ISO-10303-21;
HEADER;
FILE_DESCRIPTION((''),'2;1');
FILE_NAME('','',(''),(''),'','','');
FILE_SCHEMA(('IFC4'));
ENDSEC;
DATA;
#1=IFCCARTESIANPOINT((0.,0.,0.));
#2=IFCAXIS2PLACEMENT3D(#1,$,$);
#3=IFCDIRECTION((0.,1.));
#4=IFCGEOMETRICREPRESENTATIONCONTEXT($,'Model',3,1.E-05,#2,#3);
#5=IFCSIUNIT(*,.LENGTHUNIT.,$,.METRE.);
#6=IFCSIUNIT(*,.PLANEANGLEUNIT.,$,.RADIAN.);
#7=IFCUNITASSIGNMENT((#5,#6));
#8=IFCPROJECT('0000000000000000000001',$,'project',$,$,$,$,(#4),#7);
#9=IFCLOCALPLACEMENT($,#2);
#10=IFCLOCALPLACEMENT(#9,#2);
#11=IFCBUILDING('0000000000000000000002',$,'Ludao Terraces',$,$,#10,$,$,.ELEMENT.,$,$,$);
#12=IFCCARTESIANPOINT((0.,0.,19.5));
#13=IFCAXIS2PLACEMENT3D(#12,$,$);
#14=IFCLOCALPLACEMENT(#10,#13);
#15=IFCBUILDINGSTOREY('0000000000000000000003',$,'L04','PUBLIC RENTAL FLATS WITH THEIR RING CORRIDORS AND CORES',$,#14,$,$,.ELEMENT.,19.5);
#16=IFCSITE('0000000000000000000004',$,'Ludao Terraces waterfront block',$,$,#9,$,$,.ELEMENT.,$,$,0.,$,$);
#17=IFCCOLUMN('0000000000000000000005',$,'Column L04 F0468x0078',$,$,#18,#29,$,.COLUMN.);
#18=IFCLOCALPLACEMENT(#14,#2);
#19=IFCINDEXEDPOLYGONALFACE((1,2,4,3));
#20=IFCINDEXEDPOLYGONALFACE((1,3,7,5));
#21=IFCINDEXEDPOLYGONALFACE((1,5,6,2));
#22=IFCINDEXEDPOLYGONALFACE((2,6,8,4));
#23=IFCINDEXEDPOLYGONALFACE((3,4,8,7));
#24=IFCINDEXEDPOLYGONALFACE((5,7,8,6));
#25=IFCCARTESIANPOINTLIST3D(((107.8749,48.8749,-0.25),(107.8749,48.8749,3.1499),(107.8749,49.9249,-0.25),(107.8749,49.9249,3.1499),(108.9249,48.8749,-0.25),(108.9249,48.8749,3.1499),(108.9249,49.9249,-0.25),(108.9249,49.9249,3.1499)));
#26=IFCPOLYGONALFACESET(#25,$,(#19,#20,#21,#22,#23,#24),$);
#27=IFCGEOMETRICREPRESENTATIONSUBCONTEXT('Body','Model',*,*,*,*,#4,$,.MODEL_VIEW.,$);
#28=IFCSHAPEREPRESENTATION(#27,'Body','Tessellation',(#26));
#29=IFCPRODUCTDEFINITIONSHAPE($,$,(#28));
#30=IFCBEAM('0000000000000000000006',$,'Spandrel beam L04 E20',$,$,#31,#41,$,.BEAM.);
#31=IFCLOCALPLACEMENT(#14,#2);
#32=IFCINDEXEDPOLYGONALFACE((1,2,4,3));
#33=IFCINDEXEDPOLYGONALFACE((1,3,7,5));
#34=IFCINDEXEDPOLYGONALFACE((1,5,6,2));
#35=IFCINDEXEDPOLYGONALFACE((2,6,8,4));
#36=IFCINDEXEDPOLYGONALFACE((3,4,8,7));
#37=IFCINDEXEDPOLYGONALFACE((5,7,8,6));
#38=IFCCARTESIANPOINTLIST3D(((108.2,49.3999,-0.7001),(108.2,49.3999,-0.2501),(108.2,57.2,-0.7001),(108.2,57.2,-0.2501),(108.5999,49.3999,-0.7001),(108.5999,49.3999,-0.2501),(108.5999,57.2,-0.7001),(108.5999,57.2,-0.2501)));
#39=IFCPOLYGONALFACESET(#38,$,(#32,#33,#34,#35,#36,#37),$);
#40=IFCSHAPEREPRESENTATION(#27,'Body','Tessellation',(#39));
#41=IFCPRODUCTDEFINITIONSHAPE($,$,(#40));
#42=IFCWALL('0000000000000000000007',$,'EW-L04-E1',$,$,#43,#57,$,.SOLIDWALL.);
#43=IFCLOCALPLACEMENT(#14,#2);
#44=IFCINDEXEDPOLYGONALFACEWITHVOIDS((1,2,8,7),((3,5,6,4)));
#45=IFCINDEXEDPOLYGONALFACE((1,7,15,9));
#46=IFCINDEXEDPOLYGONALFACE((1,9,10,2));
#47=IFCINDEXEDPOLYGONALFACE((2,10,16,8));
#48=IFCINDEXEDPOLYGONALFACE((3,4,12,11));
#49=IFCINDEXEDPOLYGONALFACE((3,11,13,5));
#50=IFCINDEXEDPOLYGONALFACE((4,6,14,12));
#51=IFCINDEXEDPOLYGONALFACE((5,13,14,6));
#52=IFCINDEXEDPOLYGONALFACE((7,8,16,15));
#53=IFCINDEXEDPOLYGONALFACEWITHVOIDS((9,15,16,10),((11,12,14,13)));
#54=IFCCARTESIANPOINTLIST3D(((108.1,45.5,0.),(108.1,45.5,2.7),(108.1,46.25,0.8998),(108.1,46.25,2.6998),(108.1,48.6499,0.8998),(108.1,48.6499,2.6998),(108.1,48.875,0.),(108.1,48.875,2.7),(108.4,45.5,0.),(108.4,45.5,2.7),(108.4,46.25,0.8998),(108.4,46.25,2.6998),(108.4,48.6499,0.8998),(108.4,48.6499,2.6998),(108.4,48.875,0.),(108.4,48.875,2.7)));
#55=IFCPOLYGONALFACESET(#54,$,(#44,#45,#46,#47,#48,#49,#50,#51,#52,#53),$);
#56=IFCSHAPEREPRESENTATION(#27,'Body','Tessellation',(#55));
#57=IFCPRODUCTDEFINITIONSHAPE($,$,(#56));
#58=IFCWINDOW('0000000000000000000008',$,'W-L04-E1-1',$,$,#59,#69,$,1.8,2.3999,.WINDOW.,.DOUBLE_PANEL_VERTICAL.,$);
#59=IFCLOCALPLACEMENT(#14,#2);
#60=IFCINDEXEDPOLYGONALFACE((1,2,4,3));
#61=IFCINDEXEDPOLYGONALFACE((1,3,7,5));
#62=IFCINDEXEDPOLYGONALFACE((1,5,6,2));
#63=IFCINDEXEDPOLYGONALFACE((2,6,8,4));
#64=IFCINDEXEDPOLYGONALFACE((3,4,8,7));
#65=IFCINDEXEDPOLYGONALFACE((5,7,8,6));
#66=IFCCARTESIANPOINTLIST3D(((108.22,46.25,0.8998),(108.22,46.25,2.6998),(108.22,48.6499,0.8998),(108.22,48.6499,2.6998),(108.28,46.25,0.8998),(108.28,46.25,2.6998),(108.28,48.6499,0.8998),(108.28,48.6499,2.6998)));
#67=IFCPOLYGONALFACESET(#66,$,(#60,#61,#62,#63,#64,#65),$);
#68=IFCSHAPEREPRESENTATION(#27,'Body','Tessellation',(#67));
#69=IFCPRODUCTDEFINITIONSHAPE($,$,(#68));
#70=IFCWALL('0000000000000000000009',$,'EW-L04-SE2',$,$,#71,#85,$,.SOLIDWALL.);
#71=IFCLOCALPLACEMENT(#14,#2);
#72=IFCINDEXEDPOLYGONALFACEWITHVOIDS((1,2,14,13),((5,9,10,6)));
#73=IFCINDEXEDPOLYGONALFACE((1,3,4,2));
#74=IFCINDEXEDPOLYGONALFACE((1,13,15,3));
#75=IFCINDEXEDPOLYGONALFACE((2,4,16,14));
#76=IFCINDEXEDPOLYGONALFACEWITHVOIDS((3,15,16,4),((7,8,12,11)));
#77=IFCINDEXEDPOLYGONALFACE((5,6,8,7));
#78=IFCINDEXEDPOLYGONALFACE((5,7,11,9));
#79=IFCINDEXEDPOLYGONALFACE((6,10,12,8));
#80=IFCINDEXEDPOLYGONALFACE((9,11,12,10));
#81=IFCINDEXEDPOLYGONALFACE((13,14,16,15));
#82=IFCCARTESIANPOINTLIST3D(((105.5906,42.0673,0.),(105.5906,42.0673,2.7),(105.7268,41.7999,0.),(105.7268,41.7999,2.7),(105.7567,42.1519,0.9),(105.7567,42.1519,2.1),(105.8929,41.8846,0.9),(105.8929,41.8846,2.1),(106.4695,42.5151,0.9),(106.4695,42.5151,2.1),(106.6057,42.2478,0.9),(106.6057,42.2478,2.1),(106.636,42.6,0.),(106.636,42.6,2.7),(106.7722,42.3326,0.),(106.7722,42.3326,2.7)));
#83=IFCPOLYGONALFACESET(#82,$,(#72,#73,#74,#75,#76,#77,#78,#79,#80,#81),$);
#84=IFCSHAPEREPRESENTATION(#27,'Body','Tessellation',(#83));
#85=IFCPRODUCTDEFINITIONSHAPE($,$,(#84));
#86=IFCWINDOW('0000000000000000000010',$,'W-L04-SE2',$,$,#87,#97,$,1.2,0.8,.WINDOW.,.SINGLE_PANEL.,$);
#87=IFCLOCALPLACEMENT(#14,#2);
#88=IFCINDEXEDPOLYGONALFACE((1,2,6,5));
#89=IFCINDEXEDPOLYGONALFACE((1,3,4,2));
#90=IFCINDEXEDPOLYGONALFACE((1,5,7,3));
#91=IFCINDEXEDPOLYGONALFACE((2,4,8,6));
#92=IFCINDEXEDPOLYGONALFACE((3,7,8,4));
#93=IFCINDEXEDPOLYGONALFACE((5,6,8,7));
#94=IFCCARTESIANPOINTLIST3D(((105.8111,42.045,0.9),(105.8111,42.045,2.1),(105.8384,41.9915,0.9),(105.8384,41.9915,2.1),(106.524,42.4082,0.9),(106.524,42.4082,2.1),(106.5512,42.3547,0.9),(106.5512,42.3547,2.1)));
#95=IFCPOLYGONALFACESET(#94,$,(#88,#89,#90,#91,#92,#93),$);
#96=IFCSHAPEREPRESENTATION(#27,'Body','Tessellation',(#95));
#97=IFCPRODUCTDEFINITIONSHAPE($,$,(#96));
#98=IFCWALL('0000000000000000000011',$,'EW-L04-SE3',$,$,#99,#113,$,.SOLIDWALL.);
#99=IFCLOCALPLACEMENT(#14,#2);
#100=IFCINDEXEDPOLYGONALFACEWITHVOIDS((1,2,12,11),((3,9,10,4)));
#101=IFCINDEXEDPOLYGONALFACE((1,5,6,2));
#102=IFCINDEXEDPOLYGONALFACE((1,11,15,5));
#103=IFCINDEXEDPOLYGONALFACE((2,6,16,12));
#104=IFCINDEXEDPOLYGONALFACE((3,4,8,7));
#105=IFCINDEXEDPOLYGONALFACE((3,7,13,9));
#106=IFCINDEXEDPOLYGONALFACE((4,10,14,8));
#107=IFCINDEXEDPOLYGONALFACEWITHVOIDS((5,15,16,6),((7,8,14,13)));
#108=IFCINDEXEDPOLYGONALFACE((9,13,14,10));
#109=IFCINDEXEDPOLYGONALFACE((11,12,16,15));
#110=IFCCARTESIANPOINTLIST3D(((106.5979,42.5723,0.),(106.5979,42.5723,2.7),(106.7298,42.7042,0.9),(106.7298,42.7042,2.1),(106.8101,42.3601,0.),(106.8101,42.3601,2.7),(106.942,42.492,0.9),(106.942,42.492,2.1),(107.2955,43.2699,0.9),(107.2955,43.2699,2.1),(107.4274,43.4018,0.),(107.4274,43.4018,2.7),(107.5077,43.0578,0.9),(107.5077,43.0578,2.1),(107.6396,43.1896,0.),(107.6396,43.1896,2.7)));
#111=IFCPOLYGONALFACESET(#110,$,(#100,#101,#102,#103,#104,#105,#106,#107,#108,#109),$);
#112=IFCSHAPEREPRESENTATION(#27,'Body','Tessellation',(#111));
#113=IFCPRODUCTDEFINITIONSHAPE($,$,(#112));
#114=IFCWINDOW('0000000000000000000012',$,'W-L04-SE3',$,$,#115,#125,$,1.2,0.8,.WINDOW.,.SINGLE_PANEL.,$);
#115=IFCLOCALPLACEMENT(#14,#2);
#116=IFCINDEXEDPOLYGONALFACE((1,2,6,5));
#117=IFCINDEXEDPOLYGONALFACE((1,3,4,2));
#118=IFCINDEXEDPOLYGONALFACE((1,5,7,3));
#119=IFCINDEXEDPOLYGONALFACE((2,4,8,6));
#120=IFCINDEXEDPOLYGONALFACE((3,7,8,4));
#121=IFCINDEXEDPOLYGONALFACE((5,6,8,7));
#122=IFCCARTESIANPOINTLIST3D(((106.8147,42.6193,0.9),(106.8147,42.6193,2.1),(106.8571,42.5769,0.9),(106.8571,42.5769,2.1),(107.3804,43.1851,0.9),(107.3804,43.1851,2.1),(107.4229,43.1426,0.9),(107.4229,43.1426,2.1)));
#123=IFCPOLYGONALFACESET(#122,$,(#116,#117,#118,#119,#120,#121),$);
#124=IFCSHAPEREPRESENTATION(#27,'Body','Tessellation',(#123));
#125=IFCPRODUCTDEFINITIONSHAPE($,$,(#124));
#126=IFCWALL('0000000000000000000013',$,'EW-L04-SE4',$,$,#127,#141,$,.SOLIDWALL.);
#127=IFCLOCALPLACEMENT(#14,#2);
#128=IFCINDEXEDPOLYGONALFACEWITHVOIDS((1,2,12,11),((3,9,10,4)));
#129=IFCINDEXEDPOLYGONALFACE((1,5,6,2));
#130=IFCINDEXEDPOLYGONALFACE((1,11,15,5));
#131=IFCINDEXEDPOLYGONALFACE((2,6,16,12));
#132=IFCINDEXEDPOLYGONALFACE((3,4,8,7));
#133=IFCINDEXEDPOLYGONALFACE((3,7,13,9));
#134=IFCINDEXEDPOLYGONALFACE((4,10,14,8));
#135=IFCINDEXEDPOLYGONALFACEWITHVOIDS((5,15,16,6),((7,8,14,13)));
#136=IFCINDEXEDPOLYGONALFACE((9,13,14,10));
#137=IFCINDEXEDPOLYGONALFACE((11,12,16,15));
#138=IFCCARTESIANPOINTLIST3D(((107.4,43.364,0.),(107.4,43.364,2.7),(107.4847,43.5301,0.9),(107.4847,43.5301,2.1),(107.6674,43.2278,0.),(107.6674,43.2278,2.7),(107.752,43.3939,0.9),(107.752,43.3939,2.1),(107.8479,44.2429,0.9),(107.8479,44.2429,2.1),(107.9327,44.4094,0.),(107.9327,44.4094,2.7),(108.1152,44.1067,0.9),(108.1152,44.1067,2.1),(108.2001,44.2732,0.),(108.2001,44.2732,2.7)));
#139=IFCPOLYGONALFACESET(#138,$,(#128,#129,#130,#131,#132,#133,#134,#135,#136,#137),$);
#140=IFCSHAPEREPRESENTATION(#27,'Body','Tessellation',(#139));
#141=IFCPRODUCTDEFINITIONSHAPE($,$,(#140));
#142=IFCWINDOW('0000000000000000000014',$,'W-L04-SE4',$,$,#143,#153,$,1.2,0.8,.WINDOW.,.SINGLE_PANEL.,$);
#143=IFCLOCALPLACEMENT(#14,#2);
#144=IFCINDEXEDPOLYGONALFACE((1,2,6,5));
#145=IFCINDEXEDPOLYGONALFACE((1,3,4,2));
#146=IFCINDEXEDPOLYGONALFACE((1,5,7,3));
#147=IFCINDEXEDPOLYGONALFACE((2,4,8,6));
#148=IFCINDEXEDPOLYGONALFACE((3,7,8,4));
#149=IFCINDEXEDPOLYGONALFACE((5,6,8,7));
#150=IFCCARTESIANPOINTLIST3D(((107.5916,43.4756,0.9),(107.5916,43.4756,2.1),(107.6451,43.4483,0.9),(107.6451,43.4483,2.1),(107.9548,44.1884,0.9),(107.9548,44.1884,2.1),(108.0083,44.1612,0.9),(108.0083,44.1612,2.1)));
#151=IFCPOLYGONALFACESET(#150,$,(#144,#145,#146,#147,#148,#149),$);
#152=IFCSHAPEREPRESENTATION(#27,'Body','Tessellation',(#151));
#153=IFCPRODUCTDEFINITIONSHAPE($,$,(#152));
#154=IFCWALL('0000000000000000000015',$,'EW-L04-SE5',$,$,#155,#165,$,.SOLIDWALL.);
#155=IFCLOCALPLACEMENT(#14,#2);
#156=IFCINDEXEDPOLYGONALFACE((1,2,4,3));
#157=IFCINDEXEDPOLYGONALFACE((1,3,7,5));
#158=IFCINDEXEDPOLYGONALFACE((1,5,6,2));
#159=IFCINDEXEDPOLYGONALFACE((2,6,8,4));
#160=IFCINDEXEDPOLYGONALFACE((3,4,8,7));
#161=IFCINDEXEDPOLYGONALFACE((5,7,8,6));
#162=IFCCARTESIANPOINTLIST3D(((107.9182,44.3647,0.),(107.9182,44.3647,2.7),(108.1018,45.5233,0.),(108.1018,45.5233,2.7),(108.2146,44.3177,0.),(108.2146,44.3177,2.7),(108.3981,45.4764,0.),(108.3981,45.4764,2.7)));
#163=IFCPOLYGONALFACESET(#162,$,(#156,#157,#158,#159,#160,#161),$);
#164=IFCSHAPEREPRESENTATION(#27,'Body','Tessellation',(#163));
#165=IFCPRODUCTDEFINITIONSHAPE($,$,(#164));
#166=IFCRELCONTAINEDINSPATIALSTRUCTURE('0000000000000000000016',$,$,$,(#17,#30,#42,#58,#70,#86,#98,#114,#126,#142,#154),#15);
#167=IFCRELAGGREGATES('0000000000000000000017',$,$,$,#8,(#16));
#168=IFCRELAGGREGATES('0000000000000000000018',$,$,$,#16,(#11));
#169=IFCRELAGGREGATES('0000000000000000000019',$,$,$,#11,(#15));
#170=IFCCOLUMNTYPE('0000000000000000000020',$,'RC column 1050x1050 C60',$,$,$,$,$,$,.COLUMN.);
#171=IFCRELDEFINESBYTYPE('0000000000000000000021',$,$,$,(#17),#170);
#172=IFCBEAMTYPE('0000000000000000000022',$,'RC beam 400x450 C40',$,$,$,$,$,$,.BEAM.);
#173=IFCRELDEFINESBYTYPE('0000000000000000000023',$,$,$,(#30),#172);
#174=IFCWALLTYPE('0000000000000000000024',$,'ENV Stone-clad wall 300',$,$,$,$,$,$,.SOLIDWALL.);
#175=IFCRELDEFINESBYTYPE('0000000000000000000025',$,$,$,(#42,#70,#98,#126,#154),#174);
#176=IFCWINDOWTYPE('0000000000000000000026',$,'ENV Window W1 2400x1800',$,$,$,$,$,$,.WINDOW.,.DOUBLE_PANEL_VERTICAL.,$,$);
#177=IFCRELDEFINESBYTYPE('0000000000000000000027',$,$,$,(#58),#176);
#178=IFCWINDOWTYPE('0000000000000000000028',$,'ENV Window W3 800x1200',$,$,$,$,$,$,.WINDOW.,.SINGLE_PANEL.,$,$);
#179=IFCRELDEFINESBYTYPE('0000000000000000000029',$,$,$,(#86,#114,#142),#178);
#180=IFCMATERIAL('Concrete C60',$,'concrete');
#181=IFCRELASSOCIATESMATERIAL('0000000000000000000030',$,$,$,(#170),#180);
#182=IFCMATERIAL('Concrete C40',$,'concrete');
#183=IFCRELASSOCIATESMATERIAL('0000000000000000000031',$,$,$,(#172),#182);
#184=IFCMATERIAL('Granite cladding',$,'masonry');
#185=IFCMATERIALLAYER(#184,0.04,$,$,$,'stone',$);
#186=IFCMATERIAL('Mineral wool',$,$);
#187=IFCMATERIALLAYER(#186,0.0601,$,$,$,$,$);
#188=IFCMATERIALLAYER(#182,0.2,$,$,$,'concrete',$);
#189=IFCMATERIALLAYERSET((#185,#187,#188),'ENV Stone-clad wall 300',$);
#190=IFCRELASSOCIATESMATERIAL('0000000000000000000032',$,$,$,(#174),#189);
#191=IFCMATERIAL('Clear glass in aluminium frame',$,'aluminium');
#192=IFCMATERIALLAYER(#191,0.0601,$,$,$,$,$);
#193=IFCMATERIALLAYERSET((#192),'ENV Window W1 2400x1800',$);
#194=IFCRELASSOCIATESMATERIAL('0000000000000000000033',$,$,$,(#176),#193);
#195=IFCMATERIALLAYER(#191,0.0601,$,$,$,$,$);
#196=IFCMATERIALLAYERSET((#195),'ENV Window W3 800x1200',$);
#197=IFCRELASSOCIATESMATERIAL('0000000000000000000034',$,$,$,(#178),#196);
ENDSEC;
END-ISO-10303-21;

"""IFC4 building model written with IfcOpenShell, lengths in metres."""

from ifc_helpers import new_model, si_unit, direction, frame, frame_2d, origin, origin_2d, place, context, subcontext, project, spatial, rectangle, extrude, material, layer, layer_set, material_profile, profile_set, type_object, element, fill, save


model = new_model("IFC4")

# Units and contexts
model_context = context("Model", 3, precision=1e-05, world=origin(), true_north=direction((0.0, 1.0)))
body_context = subcontext(model_context, "Body", "Model", "MODEL_VIEW")
ifc_project = project(units=[si_unit("LENGTHUNIT", "METRE"), si_unit("PLANEANGLEUNIT", "RADIAN")], contexts=[model_context])

# Site, building, storey
site_placement = place(None, origin())
site = spatial("IfcSite", under=ifc_project, at=site_placement, Name="Ludao Terraces waterfront block", CompositionType="ELEMENT", RefElevation=0.0)
building_placement = place(site_placement, origin())
building = spatial("IfcBuilding", under=site, at=building_placement, Name="Ludao Terraces", CompositionType="ELEMENT")
storey_placement = place(building_placement, frame((0.0, 0.0, 19.5)))
storey = spatial("IfcBuildingStorey", under=building, at=storey_placement, Name="L04", Description="PUBLIC RENTAL FLATS WITH THEIR RING CORRIDORS AND CORES", CompositionType="ELEMENT", Elevation=19.5)

# Column
ifc_material_1 = material(Name="Concrete C60", Category="concrete")
ifc_material_profile_1 = material_profile(ifc_material_1, rectangle(XDim=1.05, YDim=1.05, at=origin_2d()), Name="1050 X 1050")
ifc_profile_set_1 = profile_set([ifc_material_profile_1], Name="Concrete C60")
column_type = type_object("IfcColumnType", Name="RC column 1050x1050 C60", PredefinedType="COLUMN", material=ifc_profile_set_1)
column_placement = place(storey_placement, frame((108.3999, 49.3999, -0.25), z_axis=(0.0, 0.0, 1.0), x_axis=(1.0, 0.0, 0.0)))
element("IfcColumn", 1, at=column_placement, inside=storey, type_object=column_type, Name="Column L04 F0468x0078", PredefinedType="COLUMN", context=body_context, shape_type="SweptSolid", body=[
    extrude(rectangle(XDim=1.05, YDim=1.05, at=origin_2d()), origin(), (0.0, 0.0, 1.0), 3.3999),
])

# Beam
ifc_material_2 = material(Name="Concrete C40", Category="concrete")
ifc_material_profile_2 = material_profile(ifc_material_2, rectangle(XDim=0.3999, YDim=0.45, at=origin_2d()), Name="400 X 450")
ifc_profile_set_2 = profile_set([ifc_material_profile_2], Name="Concrete C40")
beam_type = type_object("IfcBeamType", Name="RC beam 400x450 C40", PredefinedType="BEAM", material=ifc_profile_set_2)
beam_placement = place(storey_placement, frame((108.3999, 49.3999, -0.4751), z_axis=(0.0, 1.0, 0.0), x_axis=(-1.0, 0.0, 0.0)))
element("IfcBeam", 2, at=beam_placement, inside=storey, type_object=beam_type, Name="Spandrel beam L04 E20", PredefinedType="BEAM", context=body_context, shape_type="SweptSolid", body=[
    extrude(rectangle(XDim=0.3999, YDim=0.45, at=origin_2d()), origin(), (0.0, 0.0, 1.0), 7.8),
])

# Walls, openings, windows
ifc_material_3 = material(Name="Granite cladding", Category="masonry")
ifc_layer_1 = layer(ifc_material_3, 0.04, Category="stone")
ifc_material_4 = material(Name="Mineral wool")
ifc_layer_2 = layer(ifc_material_4, 0.0601)
ifc_layer_3 = layer(ifc_material_2, 0.2, Category="concrete")
ifc_layer_set_1 = layer_set([ifc_layer_1, ifc_layer_2, ifc_layer_3], Name="ENV Stone-clad wall 300")
wall_type = type_object("IfcWallType", Name="ENV Stone-clad wall 300", PredefinedType="SOLIDWALL", material=ifc_layer_set_1)
wall_1_placement = place(storey_placement, frame((108.25, 45.5, 0.0), z_axis=(0.0, 0.0, 1.0), x_axis=(0.0, 1.0, 0.0)))
wall_1 = element("IfcWall", 3, at=wall_1_placement, inside=storey, type_object=wall_type, Name="EW-L04-E1", PredefinedType="SOLIDWALL", context=body_context, shape_type="SweptSolid", body=[
    extrude(rectangle(XDim=3.375, YDim=0.3, at=frame_2d((1.6875, 0.0))), origin(), (0.0, 0.0, 1.0), 2.7),
])
opening_1_placement = place(wall_1_placement, frame((0.75, 0.0, 0.8999)))
opening_1 = element("IfcOpeningElement", 4, at=opening_1_placement, cuts=wall_1, PredefinedType="OPENING", context=body_context, shape_type="SweptSolid", body=[
    extrude(rectangle(XDim=2.3999, YDim=1.8, at=frame_2d((1.2, 0.8999))), frame((0.0, 0.1602, 0.0), z_axis=(0.0, -1.0, 0.0), x_axis=(1.0, 0.0, 0.0)), (0.0, 0.0, 1.0), 0.3201),
])
ifc_material_5 = material(Name="Clear glass in aluminium frame", Category="aluminium")
ifc_layer_4 = layer(ifc_material_5, 0.0601)
ifc_layer_set_2 = layer_set([ifc_layer_4], Name="ENV Window W1 2400x1800")
window_type_1 = type_object("IfcWindowType", Name="ENV Window W1 2400x1800", PartitioningType="DOUBLE_PANEL_VERTICAL", PredefinedType="WINDOW", material=ifc_layer_set_2)
window_1_placement = place(opening_1_placement, origin())
window_1 = element("IfcWindow", 5, at=window_1_placement, inside=storey, type_object=window_type_1, Name="W-L04-E1-1", OverallHeight=1.8, OverallWidth=2.3999, PartitioningType="DOUBLE_PANEL_VERTICAL", PredefinedType="WINDOW", context=body_context, shape_type="SweptSolid", body=[
    extrude(rectangle(XDim=2.3999, YDim=1.8, at=frame_2d((1.2, 0.8999))), frame((0.0, 0.03, 0.0), z_axis=(0.0, -1.0, 0.0), x_axis=(1.0, 0.0, 0.0)), (0.0, 0.0, 1.0), 0.0601),
])
fill(opening_1, window_1)
wall_2_placement = place(storey_placement, frame((105.6587, 41.9336, 0.0), z_axis=(0.0, 0.0, 1.0), x_axis=(0.890989, 0.454026, 0.0)))
wall_2 = element("IfcWall", 6, at=wall_2_placement, inside=storey, type_object=wall_type, Name="EW-L04-SE2", PredefinedType="SOLIDWALL", context=body_context, shape_type="SweptSolid", body=[
    extrude(rectangle(XDim=1.1733, YDim=0.3, at=frame_2d((0.5867, 0.0))), origin(), (0.0, 0.0, 1.0), 2.7),
])
opening_2_placement = place(wall_2_placement, frame((0.1865, 0.0, 0.8999)))
opening_2 = element("IfcOpeningElement", 7, at=opening_2_placement, cuts=wall_2, PredefinedType="OPENING", context=body_context, shape_type="SweptSolid", body=[
    extrude(rectangle(XDim=0.8, YDim=1.2, at=frame_2d((0.3999, 0.6001))), frame((0.0, 0.1602, 0.0), z_axis=(0.0, -1.0, 0.0), x_axis=(1.0, 0.0, 0.0)), (0.0, 0.0, 1.0), 0.3201),
])
ifc_layer_5 = layer(ifc_material_5, 0.0601)
ifc_layer_set_3 = layer_set([ifc_layer_5], Name="ENV Window W3 800x1200")
window_type_2 = type_object("IfcWindowType", Name="ENV Window W3 800x1200", PartitioningType="SINGLE_PANEL", PredefinedType="WINDOW", material=ifc_layer_set_3)
window_2_placement = place(opening_2_placement, origin())
window_2 = element("IfcWindow", 8, at=window_2_placement, inside=storey, type_object=window_type_2, Name="W-L04-SE2", OverallHeight=1.2, OverallWidth=0.8, PartitioningType="SINGLE_PANEL", PredefinedType="WINDOW", context=body_context, shape_type="SweptSolid", body=[
    extrude(rectangle(XDim=0.8, YDim=1.2, at=frame_2d((0.3999, 0.6001))), frame((0.0, 0.03, 0.0), z_axis=(0.0, -1.0, 0.0), x_axis=(1.0, 0.0, 0.0)), (0.0, 0.0, 1.0), 0.0601),
])
fill(opening_2, window_2)
wall_3_placement = place(storey_placement, frame((106.7041, 42.4663, 0.0), z_axis=(0.0, 0.0, 1.0), x_axis=(0.707107, 0.707107, 0.0)))
wall_3 = element("IfcWall", 9, at=wall_3_placement, inside=storey, type_object=wall_type, Name="EW-L04-SE3", PredefinedType="SOLIDWALL", context=body_context, shape_type="SweptSolid", body=[
    extrude(rectangle(XDim=1.1731, YDim=0.3, at=frame_2d((0.5864, 0.0))), origin(), (0.0, 0.0, 1.0), 2.7),
])
opening_3_placement = place(wall_3_placement, frame((0.1865, 0.0, 0.8999)))
opening_3 = element("IfcOpeningElement", 10, at=opening_3_placement, cuts=wall_3, PredefinedType="OPENING", context=body_context, shape_type="SweptSolid", body=[
    extrude(rectangle(XDim=0.8, YDim=1.2, at=frame_2d((0.3999, 0.6001))), frame((0.0, 0.1602, 0.0), z_axis=(0.0, -1.0, 0.0), x_axis=(1.0, 0.0, 0.0)), (0.0, 0.0, 1.0), 0.3201),
])
window_3_placement = place(opening_3_placement, origin())
window_3 = element("IfcWindow", 11, at=window_3_placement, inside=storey, type_object=window_type_2, Name="W-L04-SE3", OverallHeight=1.2, OverallWidth=0.8, PartitioningType="SINGLE_PANEL", PredefinedType="WINDOW", context=body_context, shape_type="SweptSolid", body=[
    extrude(rectangle(XDim=0.8, YDim=1.2, at=frame_2d((0.3999, 0.6001))), frame((0.0, 0.03, 0.0), z_axis=(0.0, -1.0, 0.0), x_axis=(1.0, 0.0, 0.0)), (0.0, 0.0, 1.0), 0.0601),
])
fill(opening_3, window_3)
wall_4_placement = place(storey_placement, frame((107.5337, 43.2959, 0.0), z_axis=(0.0, 0.0, 1.0), x_axis=(0.454026, 0.890989, 0.0)))
wall_4 = element("IfcWall", 12, at=wall_4_placement, inside=storey, type_object=wall_type, Name="EW-L04-SE4", PredefinedType="SOLIDWALL", context=body_context, shape_type="SweptSolid", body=[
    extrude(rectangle(XDim=1.1733, YDim=0.3, at=frame_2d((0.5867, 0.0))), origin(), (0.0, 0.0, 1.0), 2.7),
])
opening_4_placement = place(wall_4_placement, frame((0.1865, 0.0, 0.8999)))
opening_4 = element("IfcOpeningElement", 13, at=opening_4_placement, cuts=wall_4, PredefinedType="OPENING", context=body_context, shape_type="SweptSolid", body=[
    extrude(rectangle(XDim=0.8, YDim=1.2, at=frame_2d((0.3999, 0.6001))), frame((0.0, 0.1602, 0.0), z_axis=(0.0, -1.0, 0.0), x_axis=(1.0, 0.0, 0.0)), (0.0, 0.0, 1.0), 0.3201),
])
window_4_placement = place(opening_4_placement, origin())
window_4 = element("IfcWindow", 14, at=window_4_placement, inside=storey, type_object=window_type_2, Name="W-L04-SE4", OverallHeight=1.2, OverallWidth=0.8, PartitioningType="SINGLE_PANEL", PredefinedType="WINDOW", context=body_context, shape_type="SweptSolid", body=[
    extrude(rectangle(XDim=0.8, YDim=1.2, at=frame_2d((0.3999, 0.6001))), frame((0.0, 0.03, 0.0), z_axis=(0.0, -1.0, 0.0), x_axis=(1.0, 0.0, 0.0)), (0.0, 0.0, 1.0), 0.0601),
])
fill(opening_4, window_4)

# Wall
wall_5_placement = place(storey_placement, frame((108.0664, 44.3413, 0.0), z_axis=(0.0, 0.0, 1.0), x_axis=(0.156497, 0.987678, 0.0)))
element("IfcWall", 15, at=wall_5_placement, inside=storey, type_object=wall_type, Name="EW-L04-SE5", PredefinedType="SOLIDWALL", context=body_context, shape_type="SweptSolid", body=[
    extrude(rectangle(XDim=1.1731, YDim=0.3, at=frame_2d((0.5864, 0.0))), origin(), (0.0, 0.0, 1.0), 2.7),
])

save(model, "model.ifc")
